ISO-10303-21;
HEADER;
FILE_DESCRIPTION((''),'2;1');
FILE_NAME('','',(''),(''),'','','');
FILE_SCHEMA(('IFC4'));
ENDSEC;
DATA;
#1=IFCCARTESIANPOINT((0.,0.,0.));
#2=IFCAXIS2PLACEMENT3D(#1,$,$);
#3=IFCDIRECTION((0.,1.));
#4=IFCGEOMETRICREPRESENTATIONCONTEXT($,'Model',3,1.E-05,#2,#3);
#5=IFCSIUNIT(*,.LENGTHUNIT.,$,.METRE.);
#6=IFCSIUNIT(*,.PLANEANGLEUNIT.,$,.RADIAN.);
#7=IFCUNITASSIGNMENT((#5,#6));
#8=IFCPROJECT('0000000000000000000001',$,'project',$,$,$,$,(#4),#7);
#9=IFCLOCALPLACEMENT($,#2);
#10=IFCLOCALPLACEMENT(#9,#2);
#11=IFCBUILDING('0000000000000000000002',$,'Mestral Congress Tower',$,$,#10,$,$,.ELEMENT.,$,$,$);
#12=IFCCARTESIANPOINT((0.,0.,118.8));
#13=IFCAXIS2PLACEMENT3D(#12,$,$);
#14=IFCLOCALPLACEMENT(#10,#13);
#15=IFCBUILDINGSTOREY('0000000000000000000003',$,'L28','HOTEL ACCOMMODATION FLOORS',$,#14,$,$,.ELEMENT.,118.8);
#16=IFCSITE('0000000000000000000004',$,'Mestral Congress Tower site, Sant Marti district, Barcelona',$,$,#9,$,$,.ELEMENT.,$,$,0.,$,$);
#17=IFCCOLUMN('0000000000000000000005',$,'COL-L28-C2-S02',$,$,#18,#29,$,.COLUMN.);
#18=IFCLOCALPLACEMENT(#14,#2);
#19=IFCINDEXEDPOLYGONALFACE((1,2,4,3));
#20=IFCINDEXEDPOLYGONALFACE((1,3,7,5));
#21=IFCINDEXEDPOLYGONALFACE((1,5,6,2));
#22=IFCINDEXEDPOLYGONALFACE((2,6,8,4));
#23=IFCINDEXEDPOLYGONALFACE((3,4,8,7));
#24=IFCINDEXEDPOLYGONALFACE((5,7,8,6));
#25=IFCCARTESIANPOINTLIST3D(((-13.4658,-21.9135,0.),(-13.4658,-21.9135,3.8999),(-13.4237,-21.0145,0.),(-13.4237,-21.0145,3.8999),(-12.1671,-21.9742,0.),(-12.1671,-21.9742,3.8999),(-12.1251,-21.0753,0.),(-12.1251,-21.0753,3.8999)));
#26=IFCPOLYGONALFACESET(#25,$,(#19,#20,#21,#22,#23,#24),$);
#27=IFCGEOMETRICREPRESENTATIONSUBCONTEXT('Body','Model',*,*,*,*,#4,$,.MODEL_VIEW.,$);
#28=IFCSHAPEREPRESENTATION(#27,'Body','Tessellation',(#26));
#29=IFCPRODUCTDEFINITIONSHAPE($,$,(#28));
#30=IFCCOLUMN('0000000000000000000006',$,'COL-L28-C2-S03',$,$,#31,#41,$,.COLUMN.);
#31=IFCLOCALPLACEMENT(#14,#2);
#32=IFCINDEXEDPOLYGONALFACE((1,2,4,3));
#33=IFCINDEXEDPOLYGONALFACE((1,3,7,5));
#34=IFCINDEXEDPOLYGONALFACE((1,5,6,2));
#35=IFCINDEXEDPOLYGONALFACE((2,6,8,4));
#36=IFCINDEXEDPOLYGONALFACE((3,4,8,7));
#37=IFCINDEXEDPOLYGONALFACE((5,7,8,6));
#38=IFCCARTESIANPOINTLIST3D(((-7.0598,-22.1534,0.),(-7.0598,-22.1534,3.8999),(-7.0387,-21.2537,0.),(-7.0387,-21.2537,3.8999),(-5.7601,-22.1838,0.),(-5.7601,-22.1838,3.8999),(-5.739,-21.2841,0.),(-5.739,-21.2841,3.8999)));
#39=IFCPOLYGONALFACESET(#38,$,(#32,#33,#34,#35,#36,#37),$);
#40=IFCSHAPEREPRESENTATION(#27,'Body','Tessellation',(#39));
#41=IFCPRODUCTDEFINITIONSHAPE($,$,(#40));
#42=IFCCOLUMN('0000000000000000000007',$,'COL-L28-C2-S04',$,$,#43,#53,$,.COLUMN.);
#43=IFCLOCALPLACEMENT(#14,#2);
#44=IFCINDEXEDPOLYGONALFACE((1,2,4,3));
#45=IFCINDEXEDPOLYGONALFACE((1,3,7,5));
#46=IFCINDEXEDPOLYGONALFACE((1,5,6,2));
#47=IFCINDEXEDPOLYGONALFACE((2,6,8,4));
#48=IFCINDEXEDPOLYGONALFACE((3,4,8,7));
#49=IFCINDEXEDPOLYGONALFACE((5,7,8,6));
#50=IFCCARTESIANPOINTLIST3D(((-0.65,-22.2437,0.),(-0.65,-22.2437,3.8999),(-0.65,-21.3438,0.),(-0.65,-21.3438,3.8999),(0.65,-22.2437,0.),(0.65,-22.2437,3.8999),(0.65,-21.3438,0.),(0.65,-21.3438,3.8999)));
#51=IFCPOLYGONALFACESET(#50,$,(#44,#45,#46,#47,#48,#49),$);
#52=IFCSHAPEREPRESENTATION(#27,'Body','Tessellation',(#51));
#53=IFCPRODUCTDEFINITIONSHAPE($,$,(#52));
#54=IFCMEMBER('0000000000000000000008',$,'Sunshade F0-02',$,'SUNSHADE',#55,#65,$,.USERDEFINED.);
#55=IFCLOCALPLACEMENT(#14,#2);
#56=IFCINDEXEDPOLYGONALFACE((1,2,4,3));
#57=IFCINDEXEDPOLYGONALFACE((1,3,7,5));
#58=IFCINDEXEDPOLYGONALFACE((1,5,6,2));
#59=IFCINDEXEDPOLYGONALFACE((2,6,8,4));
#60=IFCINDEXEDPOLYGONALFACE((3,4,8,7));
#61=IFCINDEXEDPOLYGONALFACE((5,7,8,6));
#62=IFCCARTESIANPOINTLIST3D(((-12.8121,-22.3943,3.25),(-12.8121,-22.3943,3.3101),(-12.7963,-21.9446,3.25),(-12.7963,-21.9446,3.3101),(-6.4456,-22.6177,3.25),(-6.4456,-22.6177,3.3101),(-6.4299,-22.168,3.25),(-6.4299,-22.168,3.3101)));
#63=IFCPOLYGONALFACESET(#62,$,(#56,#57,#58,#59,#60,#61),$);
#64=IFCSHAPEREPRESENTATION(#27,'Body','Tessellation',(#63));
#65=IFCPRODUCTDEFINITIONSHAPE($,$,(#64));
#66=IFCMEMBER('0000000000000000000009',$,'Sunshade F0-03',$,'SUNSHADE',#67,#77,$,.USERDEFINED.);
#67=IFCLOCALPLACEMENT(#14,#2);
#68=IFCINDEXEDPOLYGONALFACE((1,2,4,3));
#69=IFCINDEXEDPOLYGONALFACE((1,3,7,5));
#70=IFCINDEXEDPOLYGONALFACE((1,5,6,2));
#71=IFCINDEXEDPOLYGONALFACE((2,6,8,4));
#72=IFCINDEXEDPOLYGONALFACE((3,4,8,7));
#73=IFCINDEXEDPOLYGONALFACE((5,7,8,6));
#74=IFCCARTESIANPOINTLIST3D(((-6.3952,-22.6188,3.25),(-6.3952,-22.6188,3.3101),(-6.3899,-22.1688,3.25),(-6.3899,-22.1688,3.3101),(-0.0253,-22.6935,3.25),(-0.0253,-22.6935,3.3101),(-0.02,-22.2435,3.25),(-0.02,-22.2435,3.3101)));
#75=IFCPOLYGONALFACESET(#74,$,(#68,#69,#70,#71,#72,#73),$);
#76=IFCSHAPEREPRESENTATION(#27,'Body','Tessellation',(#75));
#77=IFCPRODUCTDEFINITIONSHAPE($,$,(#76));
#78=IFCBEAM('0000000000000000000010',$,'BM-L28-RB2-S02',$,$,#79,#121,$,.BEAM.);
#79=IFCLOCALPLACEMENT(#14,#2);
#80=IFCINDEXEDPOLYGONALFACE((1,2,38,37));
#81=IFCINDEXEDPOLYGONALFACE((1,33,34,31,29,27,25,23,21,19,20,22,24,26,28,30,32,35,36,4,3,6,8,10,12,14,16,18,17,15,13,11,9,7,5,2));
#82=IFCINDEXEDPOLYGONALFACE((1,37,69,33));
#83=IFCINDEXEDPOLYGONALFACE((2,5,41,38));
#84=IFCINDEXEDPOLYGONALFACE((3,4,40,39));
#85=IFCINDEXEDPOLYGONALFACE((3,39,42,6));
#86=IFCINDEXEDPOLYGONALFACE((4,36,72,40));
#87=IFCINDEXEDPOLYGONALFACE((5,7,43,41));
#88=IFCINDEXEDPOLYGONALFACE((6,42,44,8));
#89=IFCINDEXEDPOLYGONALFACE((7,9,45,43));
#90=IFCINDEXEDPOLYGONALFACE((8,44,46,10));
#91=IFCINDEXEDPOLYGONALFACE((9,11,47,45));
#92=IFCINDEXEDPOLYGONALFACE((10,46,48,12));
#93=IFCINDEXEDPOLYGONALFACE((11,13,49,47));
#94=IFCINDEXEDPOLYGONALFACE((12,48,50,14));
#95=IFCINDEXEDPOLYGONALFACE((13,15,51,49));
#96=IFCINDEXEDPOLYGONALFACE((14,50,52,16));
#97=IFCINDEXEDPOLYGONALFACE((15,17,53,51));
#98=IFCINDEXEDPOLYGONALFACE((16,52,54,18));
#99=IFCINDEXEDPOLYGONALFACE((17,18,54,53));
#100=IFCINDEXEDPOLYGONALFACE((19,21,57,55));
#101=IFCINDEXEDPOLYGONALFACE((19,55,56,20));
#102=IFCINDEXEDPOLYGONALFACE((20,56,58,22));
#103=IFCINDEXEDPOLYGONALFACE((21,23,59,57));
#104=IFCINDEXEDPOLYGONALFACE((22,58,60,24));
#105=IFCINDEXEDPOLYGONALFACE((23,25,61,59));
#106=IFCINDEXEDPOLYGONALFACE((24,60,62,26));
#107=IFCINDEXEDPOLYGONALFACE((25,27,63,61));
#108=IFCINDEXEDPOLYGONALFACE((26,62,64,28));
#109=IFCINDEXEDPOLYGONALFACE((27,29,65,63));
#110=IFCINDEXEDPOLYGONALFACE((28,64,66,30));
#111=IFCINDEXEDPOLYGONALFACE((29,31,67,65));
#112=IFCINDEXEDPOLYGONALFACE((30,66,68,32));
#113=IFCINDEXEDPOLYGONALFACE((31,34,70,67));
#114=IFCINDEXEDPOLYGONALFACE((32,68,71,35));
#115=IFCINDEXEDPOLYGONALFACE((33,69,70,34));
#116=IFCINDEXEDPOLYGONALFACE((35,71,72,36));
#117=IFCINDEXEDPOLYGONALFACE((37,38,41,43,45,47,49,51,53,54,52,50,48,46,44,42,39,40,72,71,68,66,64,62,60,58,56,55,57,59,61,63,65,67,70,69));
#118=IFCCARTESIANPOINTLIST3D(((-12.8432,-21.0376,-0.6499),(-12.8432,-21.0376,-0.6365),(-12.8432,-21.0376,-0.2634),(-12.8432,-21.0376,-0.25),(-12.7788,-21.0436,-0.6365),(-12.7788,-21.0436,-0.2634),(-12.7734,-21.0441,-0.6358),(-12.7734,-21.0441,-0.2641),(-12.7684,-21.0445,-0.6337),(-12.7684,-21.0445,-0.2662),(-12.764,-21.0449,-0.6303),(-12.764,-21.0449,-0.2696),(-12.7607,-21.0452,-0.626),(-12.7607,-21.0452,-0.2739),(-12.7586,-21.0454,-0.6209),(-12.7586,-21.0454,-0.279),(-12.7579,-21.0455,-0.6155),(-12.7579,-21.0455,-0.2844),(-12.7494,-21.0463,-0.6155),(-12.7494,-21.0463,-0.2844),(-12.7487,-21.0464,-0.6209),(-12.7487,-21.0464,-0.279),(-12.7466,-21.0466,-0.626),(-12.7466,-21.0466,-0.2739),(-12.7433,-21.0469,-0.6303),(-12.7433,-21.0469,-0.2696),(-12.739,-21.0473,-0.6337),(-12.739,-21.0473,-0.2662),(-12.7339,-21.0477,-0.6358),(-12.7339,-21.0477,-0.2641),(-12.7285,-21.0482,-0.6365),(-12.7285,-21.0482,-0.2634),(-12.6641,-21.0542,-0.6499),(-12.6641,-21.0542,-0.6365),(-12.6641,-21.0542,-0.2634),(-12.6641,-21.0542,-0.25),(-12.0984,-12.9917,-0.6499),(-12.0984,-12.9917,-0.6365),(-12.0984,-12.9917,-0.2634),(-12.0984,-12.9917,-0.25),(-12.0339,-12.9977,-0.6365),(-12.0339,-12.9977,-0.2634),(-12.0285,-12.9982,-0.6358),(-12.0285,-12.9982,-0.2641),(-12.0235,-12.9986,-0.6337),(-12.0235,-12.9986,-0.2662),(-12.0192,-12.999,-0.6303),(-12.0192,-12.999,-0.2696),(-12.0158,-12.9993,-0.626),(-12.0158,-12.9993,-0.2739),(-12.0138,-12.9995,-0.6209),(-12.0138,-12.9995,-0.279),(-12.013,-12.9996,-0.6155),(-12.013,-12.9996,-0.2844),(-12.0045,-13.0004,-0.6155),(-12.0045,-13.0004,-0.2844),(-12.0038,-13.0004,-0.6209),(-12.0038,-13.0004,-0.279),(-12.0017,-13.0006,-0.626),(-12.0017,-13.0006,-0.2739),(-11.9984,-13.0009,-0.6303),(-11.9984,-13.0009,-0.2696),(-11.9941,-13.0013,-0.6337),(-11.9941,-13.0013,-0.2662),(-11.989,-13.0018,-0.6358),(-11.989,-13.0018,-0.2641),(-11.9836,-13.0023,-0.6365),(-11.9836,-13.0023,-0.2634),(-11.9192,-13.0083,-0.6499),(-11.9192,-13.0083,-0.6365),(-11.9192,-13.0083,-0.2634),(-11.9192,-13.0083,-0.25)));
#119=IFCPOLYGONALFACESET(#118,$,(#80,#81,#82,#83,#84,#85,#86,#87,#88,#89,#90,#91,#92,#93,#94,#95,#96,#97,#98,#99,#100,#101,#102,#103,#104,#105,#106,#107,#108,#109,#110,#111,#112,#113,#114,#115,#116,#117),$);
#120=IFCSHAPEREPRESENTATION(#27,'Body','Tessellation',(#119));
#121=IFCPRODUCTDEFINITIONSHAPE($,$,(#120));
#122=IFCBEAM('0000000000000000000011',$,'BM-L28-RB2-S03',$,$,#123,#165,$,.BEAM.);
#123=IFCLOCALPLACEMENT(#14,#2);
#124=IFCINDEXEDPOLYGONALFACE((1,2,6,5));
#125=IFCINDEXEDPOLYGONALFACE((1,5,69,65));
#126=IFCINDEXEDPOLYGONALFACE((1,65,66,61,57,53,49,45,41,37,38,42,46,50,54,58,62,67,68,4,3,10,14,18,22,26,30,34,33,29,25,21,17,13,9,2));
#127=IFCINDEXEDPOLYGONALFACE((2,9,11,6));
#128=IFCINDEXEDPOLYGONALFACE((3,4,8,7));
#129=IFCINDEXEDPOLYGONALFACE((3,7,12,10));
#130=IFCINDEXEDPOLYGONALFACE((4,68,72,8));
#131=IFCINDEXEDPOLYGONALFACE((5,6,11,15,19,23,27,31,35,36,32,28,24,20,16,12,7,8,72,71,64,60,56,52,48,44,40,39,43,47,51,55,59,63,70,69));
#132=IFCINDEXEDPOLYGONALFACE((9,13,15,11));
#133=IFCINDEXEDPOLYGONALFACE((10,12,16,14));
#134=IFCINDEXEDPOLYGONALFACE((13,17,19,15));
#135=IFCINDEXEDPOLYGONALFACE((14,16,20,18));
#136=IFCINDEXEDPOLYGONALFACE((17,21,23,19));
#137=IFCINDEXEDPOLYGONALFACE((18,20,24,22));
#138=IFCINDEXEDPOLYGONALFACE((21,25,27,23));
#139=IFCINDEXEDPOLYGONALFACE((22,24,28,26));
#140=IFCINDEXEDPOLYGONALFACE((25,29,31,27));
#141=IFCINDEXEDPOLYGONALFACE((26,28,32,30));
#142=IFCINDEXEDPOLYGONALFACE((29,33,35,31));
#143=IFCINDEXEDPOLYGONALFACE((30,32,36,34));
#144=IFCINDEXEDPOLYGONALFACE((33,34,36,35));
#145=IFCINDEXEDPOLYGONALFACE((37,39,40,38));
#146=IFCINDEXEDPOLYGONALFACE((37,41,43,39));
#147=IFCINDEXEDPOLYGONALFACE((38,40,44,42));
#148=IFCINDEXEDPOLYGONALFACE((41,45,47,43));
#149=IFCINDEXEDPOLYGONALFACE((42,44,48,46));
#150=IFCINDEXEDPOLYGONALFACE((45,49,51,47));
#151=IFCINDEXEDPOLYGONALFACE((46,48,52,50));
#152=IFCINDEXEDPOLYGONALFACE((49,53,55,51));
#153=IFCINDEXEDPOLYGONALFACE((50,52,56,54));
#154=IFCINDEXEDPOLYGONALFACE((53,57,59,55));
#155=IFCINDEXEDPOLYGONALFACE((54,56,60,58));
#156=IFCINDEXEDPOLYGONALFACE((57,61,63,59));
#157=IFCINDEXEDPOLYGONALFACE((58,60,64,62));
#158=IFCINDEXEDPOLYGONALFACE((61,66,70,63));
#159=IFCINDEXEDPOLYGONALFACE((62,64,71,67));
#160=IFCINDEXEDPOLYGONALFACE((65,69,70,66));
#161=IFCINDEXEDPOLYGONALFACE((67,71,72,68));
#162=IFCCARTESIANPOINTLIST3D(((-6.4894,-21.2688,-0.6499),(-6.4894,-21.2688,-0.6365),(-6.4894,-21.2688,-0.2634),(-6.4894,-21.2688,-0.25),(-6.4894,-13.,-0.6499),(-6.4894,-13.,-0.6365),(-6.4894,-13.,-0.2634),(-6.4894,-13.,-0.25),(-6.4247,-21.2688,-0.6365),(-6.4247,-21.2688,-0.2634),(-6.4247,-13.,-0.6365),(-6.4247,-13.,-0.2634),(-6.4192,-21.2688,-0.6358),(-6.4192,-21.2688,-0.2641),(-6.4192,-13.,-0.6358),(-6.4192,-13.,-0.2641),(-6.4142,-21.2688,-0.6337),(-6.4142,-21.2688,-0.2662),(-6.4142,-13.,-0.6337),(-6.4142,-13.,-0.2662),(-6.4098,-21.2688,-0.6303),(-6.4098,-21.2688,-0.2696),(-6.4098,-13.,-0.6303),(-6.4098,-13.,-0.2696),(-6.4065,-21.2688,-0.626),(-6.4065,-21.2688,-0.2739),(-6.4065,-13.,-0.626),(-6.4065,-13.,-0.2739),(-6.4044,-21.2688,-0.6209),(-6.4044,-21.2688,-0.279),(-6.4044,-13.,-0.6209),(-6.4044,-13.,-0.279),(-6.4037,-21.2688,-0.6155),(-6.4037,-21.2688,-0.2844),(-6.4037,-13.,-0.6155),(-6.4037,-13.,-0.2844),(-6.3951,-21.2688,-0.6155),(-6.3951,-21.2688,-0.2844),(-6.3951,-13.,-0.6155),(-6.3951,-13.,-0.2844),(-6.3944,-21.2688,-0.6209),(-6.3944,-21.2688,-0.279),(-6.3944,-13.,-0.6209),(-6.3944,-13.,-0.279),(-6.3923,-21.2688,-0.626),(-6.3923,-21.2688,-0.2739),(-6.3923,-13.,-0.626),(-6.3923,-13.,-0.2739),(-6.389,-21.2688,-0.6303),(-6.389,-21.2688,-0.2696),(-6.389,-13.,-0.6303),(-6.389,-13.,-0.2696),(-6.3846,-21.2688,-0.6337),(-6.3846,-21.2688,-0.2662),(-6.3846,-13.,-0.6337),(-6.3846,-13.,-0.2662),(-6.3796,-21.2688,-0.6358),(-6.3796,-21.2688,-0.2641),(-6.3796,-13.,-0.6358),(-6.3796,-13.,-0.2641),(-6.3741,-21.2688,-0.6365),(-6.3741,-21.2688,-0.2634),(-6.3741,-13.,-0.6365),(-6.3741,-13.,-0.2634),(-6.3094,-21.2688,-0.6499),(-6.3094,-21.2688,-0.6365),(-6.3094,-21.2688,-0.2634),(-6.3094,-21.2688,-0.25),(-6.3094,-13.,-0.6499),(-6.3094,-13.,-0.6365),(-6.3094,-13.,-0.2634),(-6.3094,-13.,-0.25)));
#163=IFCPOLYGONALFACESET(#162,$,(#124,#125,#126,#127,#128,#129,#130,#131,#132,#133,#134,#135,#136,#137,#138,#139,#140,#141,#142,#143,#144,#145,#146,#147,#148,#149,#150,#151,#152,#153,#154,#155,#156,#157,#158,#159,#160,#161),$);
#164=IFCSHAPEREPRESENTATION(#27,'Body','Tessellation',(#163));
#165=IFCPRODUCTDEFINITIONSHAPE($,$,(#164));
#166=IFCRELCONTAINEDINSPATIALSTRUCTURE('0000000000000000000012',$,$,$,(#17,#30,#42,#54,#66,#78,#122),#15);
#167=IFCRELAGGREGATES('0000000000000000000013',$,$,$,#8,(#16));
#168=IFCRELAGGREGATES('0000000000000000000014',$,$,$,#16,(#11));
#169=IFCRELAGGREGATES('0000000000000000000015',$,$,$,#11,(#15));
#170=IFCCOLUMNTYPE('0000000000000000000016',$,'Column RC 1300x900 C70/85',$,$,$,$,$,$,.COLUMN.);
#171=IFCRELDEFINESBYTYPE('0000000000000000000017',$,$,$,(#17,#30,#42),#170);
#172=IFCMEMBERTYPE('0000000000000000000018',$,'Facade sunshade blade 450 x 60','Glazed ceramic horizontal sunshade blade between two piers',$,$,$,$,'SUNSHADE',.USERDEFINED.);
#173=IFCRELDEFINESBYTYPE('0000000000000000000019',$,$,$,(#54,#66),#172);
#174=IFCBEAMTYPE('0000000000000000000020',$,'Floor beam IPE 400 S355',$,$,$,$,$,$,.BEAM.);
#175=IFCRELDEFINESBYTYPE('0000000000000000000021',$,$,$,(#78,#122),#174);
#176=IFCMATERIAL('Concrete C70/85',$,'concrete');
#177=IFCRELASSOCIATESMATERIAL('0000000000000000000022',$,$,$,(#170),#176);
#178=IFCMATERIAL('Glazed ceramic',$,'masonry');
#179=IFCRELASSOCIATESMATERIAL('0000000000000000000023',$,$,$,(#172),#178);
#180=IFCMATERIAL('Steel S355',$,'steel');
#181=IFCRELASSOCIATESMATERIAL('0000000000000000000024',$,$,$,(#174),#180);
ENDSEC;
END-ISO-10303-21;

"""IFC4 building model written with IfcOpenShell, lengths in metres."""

from ifc_helpers import new_model, si_unit, direction, frame, origin, origin_2d, place, context, subcontext, project, spatial, rectangle, i_section, extrude, material, material_profile, profile_set, type_object, element, save


model = new_model("IFC4")

# Units and contexts
model_context = context("Model", 3, precision=1e-05, world=origin(), true_north=direction((0.0, 1.0)))
body_context = subcontext(model_context, "Body", "Model", "MODEL_VIEW")
ifc_project = project(units=[si_unit("LENGTHUNIT", "METRE"), si_unit("PLANEANGLEUNIT", "RADIAN")], contexts=[model_context])

# Site, building, storey
site_placement = place(None, origin())
site = spatial("IfcSite", under=ifc_project, at=site_placement, Name="Mestral Congress Tower site, Sant Marti district, Barcelona", CompositionType="ELEMENT", RefElevation=0.0)
building_placement = place(site_placement, origin())
building = spatial("IfcBuilding", under=site, at=building_placement, Name="Mestral Congress Tower", CompositionType="ELEMENT")
storey_placement = place(building_placement, frame((0.0, 0.0, 118.8)))
storey = spatial("IfcBuildingStorey", under=building, at=storey_placement, Name="L28", Description="HOTEL ACCOMMODATION FLOORS", CompositionType="ELEMENT", Elevation=118.8)

# Columns
ifc_material_1 = material(Name="Concrete C70/85", Category="concrete")
ifc_material_profile_1 = material_profile(ifc_material_1, rectangle(XDim=1.3, YDim=0.8999, at=origin_2d()), Name="RC 1300x900")
ifc_profile_set_1 = profile_set([ifc_material_profile_1], Name="Concrete C70/85")
column_type = type_object("IfcColumnType", Name="Column RC 1300x900 C70/85", PredefinedType="COLUMN", material=ifc_profile_set_1)
for number, where, z_axis, x_axis, name in (
    (1, (-12.7954, -21.4944, 0.0), (0.0, 0.0, 1.0), (0.998906, -0.046756, 0.0), "COL-L28-C2-S02"),
    (2, (-6.3994, -21.7188, 0.0), (0.0, 0.0, 1.0), (0.999727, -0.023384, 0.0), "COL-L28-C2-S03"),
    (3, (0.0, -21.7937, 0.0), (0.0, 0.0, 1.0), (1.0, 0.0, 0.0), "COL-L28-C2-S04"),
):
    element("IfcColumn", number, at=place(storey_placement, frame(where, z_axis=z_axis, x_axis=x_axis)), inside=storey, type_object=column_type, Name=name, PredefinedType="COLUMN", context=body_context, shape_type="SweptSolid", body=[
        extrude(rectangle(XDim=1.3, YDim=0.8999, at=origin_2d()), origin(), (0.0, 0.0, 1.0), 3.8999),
    ])

# Members
ifc_material_2 = material(Name="Glazed ceramic", Category="masonry")
ifc_material_profile_2 = material_profile(ifc_material_2, rectangle(XDim=0.45, YDim=0.0601, at=origin_2d()), Name="Ceramic blade 450 x 60")
ifc_profile_set_2 = profile_set([ifc_material_profile_2], Name="Glazed ceramic")
member_type = type_object("IfcMemberType", Name="Facade sunshade blade 450 x 60", Description="Glazed ceramic horizontal sunshade blade between two piers", ElementType="SUNSHADE", PredefinedType="USERDEFINED", material=ifc_profile_set_2)
for number, where, z_axis, x_axis, name in (
    (4, (-12.8042, -22.1694, 3.28), (0.999385, -0.035067, 0.0), (0.035067, 0.999385, 0.0), "Sunshade F0-02"),
    (5, (-6.3926, -22.3938, 3.28), (0.999931, -0.011727, 0.0), (0.011727, 0.999931, 0.0), "Sunshade F0-03"),
):
    element("IfcMember", number, at=place(storey_placement, frame(where, z_axis=z_axis, x_axis=x_axis)), inside=storey, type_object=member_type, Name=name, ObjectType="SUNSHADE", PredefinedType="USERDEFINED", context=body_context, shape_type="SweptSolid", body=[
        extrude(rectangle(XDim=0.45, YDim=0.0601, at=origin_2d()), origin(), (0.0, 0.0, 1.0), 6.3704),
    ])

# Beams
ifc_material_3 = material(Name="Steel S355", Category="steel")
ifc_material_profile_3 = material_profile(ifc_material_3, i_section(OverallWidth=0.1799, OverallDepth=0.3999, WebThickness=0.0085, FlangeThickness=0.0134, FilletRadius=0.021, at=origin_2d()), Name="IPE 400")
ifc_profile_set_3 = profile_set([ifc_material_profile_3], Name="Steel S355")
beam_type_1 = type_object("IfcBeamType", Name="Floor beam IPE 400 S355", PredefinedType="BEAM", material=ifc_profile_set_3)
beam_1_placement = place(storey_placement, frame((-12.7537, -21.0459, -0.45), z_axis=(0.092184, 0.995742, 0.0), x_axis=(-0.995742, 0.092184, 0.0)))
element("IfcBeam", 6, at=beam_1_placement, inside=storey, type_object=beam_type_1, Name="BM-L28-RB2-S02", PredefinedType="BEAM", context=body_context, shape_type="SweptSolid", body=[
    extrude(i_section(OverallWidth=0.1799, OverallDepth=0.3999, WebThickness=0.0085, FlangeThickness=0.0134, FilletRadius=0.021, at=origin_2d()), origin(), (0.0, 0.0, 1.0), 8.0803),
])
beam_2_placement = place(storey_placement, frame((-6.3994, -21.2688, -0.45), z_axis=(0.0, 1.0, 0.0), x_axis=(-1.0, 0.0, 0.0)))
element("IfcBeam", 7, at=beam_2_placement, inside=storey, type_object=beam_type_1, Name="BM-L28-RB2-S03", PredefinedType="BEAM", context=body_context, shape_type="SweptSolid", body=[
    extrude(i_section(OverallWidth=0.1799, OverallDepth=0.3999, WebThickness=0.0085, FlangeThickness=0.0134, FilletRadius=0.021, at=origin_2d()), origin(), (0.0, 0.0, 1.0), 8.2688),
])

save(model, "model.ifc")
